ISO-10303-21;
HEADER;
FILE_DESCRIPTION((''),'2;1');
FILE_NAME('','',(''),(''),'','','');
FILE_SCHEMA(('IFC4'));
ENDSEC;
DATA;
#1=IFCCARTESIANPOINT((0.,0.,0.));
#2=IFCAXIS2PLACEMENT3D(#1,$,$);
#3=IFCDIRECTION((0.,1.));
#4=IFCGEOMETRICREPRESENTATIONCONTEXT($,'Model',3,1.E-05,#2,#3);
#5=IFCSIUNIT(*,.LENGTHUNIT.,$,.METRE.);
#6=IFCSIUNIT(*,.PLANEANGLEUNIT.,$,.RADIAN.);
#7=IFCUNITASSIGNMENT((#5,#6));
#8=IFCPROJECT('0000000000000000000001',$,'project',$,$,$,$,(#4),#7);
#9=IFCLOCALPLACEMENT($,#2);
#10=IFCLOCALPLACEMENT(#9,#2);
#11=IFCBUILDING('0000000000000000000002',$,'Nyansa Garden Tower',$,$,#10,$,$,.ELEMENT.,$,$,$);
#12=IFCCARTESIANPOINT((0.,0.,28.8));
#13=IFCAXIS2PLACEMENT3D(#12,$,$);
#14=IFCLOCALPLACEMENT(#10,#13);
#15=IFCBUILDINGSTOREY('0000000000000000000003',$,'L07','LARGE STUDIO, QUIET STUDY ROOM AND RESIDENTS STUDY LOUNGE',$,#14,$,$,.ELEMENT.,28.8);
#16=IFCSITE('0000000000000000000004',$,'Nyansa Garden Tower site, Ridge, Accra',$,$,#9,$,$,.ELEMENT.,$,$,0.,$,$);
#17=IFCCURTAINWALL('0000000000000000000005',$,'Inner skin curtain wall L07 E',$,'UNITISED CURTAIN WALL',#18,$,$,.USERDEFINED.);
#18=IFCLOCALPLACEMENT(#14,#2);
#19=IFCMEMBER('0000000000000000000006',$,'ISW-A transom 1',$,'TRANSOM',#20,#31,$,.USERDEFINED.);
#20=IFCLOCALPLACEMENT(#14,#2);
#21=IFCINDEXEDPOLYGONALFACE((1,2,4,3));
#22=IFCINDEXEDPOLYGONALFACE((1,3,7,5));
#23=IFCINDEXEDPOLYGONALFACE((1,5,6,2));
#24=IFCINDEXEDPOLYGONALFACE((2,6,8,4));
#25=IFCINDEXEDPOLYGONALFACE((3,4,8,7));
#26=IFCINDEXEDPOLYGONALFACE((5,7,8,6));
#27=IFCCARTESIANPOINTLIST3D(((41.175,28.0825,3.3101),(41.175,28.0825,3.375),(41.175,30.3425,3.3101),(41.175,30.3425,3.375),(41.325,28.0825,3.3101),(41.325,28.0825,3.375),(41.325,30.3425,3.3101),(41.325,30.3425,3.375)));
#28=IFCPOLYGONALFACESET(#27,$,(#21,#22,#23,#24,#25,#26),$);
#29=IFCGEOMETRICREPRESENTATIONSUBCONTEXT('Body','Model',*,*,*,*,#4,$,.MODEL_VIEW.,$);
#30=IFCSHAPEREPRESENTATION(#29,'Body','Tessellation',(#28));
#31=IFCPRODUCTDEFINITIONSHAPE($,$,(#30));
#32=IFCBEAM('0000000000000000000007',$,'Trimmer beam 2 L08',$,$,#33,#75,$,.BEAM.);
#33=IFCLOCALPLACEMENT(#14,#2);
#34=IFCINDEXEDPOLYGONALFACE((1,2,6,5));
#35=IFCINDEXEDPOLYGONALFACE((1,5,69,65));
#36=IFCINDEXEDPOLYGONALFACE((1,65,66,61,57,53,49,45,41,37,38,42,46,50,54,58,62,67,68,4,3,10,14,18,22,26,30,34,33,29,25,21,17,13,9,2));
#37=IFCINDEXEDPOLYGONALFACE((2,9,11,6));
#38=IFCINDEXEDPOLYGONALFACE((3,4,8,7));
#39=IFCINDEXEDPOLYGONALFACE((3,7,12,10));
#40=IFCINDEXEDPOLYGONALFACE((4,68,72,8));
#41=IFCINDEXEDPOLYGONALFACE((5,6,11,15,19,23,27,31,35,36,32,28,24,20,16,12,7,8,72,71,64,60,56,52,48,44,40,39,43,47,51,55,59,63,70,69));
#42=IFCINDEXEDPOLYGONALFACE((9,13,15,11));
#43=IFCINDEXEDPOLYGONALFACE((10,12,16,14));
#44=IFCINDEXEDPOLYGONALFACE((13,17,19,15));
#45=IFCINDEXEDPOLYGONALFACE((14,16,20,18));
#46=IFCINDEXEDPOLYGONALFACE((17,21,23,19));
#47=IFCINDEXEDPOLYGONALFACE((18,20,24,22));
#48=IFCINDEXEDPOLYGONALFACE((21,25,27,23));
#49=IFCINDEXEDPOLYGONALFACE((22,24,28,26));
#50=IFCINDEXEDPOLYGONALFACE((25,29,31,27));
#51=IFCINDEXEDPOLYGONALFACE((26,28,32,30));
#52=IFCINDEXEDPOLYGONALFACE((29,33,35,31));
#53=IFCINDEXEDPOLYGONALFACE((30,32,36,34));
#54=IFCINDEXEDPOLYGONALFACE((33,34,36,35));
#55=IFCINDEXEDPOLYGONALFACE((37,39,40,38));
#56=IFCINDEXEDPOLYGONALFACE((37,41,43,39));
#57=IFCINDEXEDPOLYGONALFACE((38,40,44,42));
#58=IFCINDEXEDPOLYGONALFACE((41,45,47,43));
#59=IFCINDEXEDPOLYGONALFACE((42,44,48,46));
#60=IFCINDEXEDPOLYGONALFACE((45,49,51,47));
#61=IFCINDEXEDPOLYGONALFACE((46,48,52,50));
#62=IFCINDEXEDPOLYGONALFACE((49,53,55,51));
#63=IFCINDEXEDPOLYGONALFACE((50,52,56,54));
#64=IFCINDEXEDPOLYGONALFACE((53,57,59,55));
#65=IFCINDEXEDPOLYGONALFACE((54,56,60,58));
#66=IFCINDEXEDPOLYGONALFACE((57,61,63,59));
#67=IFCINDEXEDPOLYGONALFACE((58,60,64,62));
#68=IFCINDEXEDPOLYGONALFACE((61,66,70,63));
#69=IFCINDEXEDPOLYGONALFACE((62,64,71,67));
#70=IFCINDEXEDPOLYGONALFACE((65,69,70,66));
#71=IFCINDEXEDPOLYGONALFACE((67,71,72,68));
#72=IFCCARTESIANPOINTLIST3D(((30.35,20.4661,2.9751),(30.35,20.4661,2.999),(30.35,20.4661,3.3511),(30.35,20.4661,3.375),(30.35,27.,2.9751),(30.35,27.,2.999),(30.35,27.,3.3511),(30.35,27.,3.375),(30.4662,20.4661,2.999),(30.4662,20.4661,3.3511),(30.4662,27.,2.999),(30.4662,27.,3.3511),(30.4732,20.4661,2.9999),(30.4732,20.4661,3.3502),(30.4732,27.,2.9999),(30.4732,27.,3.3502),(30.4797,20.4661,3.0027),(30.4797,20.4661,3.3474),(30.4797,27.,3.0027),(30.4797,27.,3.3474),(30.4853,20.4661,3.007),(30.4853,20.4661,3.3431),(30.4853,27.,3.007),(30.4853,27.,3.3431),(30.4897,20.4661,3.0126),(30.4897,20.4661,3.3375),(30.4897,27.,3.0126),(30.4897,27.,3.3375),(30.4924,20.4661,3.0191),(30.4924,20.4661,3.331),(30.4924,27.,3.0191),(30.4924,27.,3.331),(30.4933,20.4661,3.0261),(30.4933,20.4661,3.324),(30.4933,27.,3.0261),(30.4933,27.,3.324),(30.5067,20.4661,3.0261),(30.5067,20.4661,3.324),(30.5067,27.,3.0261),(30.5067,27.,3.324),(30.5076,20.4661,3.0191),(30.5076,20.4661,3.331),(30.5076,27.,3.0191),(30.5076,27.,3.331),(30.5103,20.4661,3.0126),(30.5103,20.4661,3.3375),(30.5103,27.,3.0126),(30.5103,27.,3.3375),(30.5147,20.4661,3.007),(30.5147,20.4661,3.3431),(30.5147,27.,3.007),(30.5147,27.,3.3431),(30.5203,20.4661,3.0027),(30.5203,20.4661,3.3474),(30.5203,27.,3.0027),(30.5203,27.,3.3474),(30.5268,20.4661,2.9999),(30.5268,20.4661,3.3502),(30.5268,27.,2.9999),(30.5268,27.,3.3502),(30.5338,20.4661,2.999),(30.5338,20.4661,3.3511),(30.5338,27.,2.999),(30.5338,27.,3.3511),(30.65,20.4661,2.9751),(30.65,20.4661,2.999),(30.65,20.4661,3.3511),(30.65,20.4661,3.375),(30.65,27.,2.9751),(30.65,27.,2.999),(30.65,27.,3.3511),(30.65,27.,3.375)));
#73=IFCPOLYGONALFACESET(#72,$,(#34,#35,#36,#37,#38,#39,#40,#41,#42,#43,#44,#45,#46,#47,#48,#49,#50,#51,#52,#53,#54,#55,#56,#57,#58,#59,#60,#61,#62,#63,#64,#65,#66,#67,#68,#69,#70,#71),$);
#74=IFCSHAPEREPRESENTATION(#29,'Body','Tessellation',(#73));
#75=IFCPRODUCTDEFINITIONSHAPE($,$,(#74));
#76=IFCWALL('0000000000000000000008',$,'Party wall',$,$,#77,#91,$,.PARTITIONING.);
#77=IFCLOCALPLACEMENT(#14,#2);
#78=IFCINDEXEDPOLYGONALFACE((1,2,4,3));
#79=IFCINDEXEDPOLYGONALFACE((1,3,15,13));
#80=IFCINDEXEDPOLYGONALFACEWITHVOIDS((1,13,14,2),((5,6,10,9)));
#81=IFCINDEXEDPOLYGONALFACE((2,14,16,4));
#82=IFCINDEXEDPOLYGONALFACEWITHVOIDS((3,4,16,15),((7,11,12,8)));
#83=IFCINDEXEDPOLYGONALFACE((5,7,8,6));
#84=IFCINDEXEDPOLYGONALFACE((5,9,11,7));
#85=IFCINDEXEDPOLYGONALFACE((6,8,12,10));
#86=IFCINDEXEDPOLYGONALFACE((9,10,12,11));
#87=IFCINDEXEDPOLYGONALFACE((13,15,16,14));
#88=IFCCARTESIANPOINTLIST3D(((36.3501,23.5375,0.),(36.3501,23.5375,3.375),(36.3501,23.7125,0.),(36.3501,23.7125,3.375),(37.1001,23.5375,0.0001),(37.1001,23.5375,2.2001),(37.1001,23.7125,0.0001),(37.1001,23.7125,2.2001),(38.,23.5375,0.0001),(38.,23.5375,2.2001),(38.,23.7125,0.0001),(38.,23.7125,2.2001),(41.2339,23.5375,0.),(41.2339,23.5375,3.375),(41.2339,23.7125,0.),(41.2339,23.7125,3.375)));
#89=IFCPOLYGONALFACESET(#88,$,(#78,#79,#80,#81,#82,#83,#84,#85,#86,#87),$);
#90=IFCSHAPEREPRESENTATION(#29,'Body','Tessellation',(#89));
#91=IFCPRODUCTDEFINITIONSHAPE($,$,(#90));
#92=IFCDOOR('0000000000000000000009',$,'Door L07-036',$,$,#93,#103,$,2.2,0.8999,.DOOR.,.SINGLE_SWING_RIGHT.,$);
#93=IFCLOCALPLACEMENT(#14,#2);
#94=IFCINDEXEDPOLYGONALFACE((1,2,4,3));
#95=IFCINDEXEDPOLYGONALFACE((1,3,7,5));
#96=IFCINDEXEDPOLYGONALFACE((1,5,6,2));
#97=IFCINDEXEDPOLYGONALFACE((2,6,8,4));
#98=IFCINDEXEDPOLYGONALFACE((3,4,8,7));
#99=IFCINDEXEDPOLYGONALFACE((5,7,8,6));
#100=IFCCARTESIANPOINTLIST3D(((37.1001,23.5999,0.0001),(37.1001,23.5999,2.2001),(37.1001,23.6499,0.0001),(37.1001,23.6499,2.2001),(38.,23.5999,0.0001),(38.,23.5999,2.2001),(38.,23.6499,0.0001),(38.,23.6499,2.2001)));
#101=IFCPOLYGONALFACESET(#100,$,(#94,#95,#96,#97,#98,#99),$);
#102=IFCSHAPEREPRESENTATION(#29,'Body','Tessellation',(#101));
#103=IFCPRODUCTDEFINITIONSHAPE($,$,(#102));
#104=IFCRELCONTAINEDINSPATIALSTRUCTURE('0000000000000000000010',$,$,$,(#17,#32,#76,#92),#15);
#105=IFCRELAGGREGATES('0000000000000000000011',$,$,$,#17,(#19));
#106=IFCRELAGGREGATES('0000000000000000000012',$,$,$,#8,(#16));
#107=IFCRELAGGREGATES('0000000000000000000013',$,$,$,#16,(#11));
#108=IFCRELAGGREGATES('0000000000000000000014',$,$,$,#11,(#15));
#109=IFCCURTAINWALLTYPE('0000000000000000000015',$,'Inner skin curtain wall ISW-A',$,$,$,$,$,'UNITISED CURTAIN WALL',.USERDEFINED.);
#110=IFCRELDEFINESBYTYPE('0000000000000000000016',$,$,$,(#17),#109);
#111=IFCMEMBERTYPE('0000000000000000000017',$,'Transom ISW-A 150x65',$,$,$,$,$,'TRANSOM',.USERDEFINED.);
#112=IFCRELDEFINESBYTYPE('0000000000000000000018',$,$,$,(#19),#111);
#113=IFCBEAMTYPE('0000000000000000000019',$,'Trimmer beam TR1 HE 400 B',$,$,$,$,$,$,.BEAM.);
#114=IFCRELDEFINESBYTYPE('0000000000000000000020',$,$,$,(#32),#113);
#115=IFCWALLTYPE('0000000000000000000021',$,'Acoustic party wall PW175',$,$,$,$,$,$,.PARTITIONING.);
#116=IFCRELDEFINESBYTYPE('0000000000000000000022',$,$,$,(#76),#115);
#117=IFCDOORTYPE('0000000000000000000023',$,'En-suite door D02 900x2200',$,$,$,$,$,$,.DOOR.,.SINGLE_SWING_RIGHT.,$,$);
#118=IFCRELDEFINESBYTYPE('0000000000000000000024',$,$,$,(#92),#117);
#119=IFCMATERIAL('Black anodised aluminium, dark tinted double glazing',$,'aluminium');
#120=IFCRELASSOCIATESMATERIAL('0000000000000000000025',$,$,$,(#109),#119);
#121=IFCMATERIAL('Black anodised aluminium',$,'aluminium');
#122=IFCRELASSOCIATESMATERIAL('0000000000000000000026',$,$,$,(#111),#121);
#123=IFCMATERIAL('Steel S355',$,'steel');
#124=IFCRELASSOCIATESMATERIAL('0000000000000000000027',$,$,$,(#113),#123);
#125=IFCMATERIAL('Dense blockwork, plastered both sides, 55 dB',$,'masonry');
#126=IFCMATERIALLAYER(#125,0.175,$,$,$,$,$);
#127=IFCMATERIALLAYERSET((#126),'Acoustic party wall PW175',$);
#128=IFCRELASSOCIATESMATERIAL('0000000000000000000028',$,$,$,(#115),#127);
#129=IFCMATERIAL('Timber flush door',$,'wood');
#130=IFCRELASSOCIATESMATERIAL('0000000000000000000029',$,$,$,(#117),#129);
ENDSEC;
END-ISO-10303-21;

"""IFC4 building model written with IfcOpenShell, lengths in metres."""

from ifc_helpers import new_model, si_unit, direction, frame, frame_2d, origin, origin_2d, place, context, subcontext, project, spatial, rectangle, i_section, extrude, material, layer, layer_set, material_profile, profile_set, type_object, element, fill, aggregate, save


model = new_model("IFC4")

# Units and contexts
model_context = context("Model", 3, precision=1e-05, world=origin(), true_north=direction((0.0, 1.0)))
body_context = subcontext(model_context, "Body", "Model", "MODEL_VIEW")
ifc_project = project(units=[si_unit("LENGTHUNIT", "METRE"), si_unit("PLANEANGLEUNIT", "RADIAN")], contexts=[model_context])

# Site, building, storey
site_placement = place(None, origin())
site = spatial("IfcSite", under=ifc_project, at=site_placement, Name="Nyansa Garden Tower site, Ridge, Accra", CompositionType="ELEMENT", RefElevation=0.0)
building_placement = place(site_placement, origin())
building = spatial("IfcBuilding", under=site, at=building_placement, Name="Nyansa Garden Tower", CompositionType="ELEMENT")
storey_placement = place(building_placement, frame((0.0, 0.0, 28.8)))
storey = spatial("IfcBuildingStorey", under=building, at=storey_placement, Name="L07", Description="LARGE STUDIO, QUIET STUDY ROOM AND RESIDENTS STUDY LOUNGE", CompositionType="ELEMENT", Elevation=28.8)

# Curtain wall
ifc_material_1 = material(Name="Black anodised aluminium, dark tinted double glazing", Category="aluminium")
curtain_wall_type = type_object("IfcCurtainWallType", Name="Inner skin curtain wall ISW-A", ElementType="UNITISED CURTAIN WALL", PredefinedType="USERDEFINED", material=ifc_material_1)
curtain_wall_placement = place(storey_placement, origin())
curtain_wall = element("IfcCurtainWall", 1, at=curtain_wall_placement, inside=storey, type_object=curtain_wall_type, Name="Inner skin curtain wall L07 E", ObjectType="UNITISED CURTAIN WALL", PredefinedType="USERDEFINED")

# Member
ifc_material_2 = material(Name="Black anodised aluminium", Category="aluminium")
ifc_material_profile_1 = material_profile(ifc_material_2, rectangle(XDim=0.1499, YDim=0.0649, at=origin_2d()), Name="Transom 150x65")
ifc_profile_set_1 = profile_set([ifc_material_profile_1], Name="Black anodised aluminium")
member_type_1 = type_object("IfcMemberType", Name="Transom ISW-A 150x65", ElementType="TRANSOM", PredefinedType="USERDEFINED", material=ifc_profile_set_1)
member_1_placement = place(storey_placement, frame((41.25, 28.0825, 3.3425), z_axis=(0.0, 1.0, 0.0), x_axis=(-1.0, 0.0, 0.0)))
member_1 = element("IfcMember", 2, at=member_1_placement, type_object=member_type_1, Name="ISW-A transom 1", ObjectType="TRANSOM", PredefinedType="USERDEFINED", context=body_context, shape_type="SweptSolid", body=[
    extrude(rectangle(XDim=0.1499, YDim=0.0649, at=origin_2d()), origin(), (0.0, 0.0, 1.0), 2.26),
])
aggregate(curtain_wall, [member_1])

# Beam
ifc_material_3 = material(Name="Steel S355", Category="steel")
ifc_material_profile_2 = material_profile(ifc_material_3, i_section(OverallWidth=0.3, OverallDepth=0.3999, WebThickness=0.0134, FlangeThickness=0.0239, FilletRadius=0.0271, at=origin_2d()), Name="HE 400 B")
ifc_profile_set_2 = profile_set([ifc_material_profile_2], Name="Steel S355")
beam_type_1 = type_object("IfcBeamType", Name="Trimmer beam TR1 HE 400 B", PredefinedType="BEAM", material=ifc_profile_set_2)
beam_1_placement = place(storey_placement, frame((30.5, 20.4661, 3.175), z_axis=(0.0, 1.0, 0.0), x_axis=(-1.0, 0.0, 0.0)))
element("IfcBeam", 3, at=beam_1_placement, inside=storey, type_object=beam_type_1, Name="Trimmer beam 2 L08", PredefinedType="BEAM", context=body_context, shape_type="SweptSolid", body=[
    extrude(i_section(OverallWidth=0.3, OverallDepth=0.3999, WebThickness=0.0134, FlangeThickness=0.0239, FilletRadius=0.0271, at=origin_2d()), origin(), (0.0, 0.0, 1.0), 6.5339),
])

# Wall, opening, door
ifc_material_4 = material(Name="Dense blockwork, plastered both sides, 55 dB", Category="masonry")
ifc_layer_1 = layer(ifc_material_4, 0.175)
ifc_layer_set_1 = layer_set([ifc_layer_1], Name="Acoustic party wall PW175")
wall_type_1 = type_object("IfcWallType", Name="Acoustic party wall PW175", PredefinedType="PARTITIONING", material=ifc_layer_set_1)
wall_1_placement = place(storey_placement, frame((36.3501, 23.625, 0.0), z_axis=(0.0, 0.0, 1.0), x_axis=(1.0, 0.0, 0.0)))
wall_1 = element("IfcWall", 4, at=wall_1_placement, inside=storey, type_object=wall_type_1, Name="Party wall", PredefinedType="PARTITIONING", context=body_context, shape_type="SweptSolid", body=[
    extrude(rectangle(XDim=4.8838, YDim=0.175, at=frame_2d((2.4419, 0.0))), origin(), (0.0, 0.0, 1.0), 3.375),
])
opening_1_placement = place(wall_1_placement, frame((0.75, 0.0, 0.0)))
opening_1 = element("IfcOpeningElement", 5, at=opening_1_placement, cuts=wall_1, PredefinedType="OPENING", context=body_context, shape_type="SweptSolid", body=[
    extrude(rectangle(XDim=0.8999, YDim=2.2, at=frame_2d((0.45, 1.1001))), frame((0.0, 0.0974, 0.0), z_axis=(0.0, -1.0, 0.0), x_axis=(1.0, 0.0, 0.0)), (0.0, 0.0, 1.0), 0.1951),
])
ifc_material_5 = material(Name="Timber flush door", Category="wood")
door_type_1 = type_object("IfcDoorType", Name="En-suite door D02 900x2200", OperationType="SINGLE_SWING_RIGHT", PredefinedType="DOOR", material=ifc_material_5)
door_1_placement = place(opening_1_placement, origin())
door_1 = element("IfcDoor", 6, at=door_1_placement, inside=storey, type_object=door_type_1, Name="Door L07-036", OperationType="SINGLE_SWING_RIGHT", OverallHeight=2.2, OverallWidth=0.8999, PredefinedType="DOOR", context=body_context, shape_type="SweptSolid", body=[
    extrude(rectangle(XDim=0.8999, YDim=2.2, at=frame_2d((0.45, 1.1001))), frame((0.0, 0.0249, 0.0), z_axis=(0.0, -1.0, 0.0), x_axis=(1.0, 0.0, 0.0)), (0.0, 0.0, 1.0), 0.05),
])
fill(opening_1, door_1)

save(model, "model.ifc")
